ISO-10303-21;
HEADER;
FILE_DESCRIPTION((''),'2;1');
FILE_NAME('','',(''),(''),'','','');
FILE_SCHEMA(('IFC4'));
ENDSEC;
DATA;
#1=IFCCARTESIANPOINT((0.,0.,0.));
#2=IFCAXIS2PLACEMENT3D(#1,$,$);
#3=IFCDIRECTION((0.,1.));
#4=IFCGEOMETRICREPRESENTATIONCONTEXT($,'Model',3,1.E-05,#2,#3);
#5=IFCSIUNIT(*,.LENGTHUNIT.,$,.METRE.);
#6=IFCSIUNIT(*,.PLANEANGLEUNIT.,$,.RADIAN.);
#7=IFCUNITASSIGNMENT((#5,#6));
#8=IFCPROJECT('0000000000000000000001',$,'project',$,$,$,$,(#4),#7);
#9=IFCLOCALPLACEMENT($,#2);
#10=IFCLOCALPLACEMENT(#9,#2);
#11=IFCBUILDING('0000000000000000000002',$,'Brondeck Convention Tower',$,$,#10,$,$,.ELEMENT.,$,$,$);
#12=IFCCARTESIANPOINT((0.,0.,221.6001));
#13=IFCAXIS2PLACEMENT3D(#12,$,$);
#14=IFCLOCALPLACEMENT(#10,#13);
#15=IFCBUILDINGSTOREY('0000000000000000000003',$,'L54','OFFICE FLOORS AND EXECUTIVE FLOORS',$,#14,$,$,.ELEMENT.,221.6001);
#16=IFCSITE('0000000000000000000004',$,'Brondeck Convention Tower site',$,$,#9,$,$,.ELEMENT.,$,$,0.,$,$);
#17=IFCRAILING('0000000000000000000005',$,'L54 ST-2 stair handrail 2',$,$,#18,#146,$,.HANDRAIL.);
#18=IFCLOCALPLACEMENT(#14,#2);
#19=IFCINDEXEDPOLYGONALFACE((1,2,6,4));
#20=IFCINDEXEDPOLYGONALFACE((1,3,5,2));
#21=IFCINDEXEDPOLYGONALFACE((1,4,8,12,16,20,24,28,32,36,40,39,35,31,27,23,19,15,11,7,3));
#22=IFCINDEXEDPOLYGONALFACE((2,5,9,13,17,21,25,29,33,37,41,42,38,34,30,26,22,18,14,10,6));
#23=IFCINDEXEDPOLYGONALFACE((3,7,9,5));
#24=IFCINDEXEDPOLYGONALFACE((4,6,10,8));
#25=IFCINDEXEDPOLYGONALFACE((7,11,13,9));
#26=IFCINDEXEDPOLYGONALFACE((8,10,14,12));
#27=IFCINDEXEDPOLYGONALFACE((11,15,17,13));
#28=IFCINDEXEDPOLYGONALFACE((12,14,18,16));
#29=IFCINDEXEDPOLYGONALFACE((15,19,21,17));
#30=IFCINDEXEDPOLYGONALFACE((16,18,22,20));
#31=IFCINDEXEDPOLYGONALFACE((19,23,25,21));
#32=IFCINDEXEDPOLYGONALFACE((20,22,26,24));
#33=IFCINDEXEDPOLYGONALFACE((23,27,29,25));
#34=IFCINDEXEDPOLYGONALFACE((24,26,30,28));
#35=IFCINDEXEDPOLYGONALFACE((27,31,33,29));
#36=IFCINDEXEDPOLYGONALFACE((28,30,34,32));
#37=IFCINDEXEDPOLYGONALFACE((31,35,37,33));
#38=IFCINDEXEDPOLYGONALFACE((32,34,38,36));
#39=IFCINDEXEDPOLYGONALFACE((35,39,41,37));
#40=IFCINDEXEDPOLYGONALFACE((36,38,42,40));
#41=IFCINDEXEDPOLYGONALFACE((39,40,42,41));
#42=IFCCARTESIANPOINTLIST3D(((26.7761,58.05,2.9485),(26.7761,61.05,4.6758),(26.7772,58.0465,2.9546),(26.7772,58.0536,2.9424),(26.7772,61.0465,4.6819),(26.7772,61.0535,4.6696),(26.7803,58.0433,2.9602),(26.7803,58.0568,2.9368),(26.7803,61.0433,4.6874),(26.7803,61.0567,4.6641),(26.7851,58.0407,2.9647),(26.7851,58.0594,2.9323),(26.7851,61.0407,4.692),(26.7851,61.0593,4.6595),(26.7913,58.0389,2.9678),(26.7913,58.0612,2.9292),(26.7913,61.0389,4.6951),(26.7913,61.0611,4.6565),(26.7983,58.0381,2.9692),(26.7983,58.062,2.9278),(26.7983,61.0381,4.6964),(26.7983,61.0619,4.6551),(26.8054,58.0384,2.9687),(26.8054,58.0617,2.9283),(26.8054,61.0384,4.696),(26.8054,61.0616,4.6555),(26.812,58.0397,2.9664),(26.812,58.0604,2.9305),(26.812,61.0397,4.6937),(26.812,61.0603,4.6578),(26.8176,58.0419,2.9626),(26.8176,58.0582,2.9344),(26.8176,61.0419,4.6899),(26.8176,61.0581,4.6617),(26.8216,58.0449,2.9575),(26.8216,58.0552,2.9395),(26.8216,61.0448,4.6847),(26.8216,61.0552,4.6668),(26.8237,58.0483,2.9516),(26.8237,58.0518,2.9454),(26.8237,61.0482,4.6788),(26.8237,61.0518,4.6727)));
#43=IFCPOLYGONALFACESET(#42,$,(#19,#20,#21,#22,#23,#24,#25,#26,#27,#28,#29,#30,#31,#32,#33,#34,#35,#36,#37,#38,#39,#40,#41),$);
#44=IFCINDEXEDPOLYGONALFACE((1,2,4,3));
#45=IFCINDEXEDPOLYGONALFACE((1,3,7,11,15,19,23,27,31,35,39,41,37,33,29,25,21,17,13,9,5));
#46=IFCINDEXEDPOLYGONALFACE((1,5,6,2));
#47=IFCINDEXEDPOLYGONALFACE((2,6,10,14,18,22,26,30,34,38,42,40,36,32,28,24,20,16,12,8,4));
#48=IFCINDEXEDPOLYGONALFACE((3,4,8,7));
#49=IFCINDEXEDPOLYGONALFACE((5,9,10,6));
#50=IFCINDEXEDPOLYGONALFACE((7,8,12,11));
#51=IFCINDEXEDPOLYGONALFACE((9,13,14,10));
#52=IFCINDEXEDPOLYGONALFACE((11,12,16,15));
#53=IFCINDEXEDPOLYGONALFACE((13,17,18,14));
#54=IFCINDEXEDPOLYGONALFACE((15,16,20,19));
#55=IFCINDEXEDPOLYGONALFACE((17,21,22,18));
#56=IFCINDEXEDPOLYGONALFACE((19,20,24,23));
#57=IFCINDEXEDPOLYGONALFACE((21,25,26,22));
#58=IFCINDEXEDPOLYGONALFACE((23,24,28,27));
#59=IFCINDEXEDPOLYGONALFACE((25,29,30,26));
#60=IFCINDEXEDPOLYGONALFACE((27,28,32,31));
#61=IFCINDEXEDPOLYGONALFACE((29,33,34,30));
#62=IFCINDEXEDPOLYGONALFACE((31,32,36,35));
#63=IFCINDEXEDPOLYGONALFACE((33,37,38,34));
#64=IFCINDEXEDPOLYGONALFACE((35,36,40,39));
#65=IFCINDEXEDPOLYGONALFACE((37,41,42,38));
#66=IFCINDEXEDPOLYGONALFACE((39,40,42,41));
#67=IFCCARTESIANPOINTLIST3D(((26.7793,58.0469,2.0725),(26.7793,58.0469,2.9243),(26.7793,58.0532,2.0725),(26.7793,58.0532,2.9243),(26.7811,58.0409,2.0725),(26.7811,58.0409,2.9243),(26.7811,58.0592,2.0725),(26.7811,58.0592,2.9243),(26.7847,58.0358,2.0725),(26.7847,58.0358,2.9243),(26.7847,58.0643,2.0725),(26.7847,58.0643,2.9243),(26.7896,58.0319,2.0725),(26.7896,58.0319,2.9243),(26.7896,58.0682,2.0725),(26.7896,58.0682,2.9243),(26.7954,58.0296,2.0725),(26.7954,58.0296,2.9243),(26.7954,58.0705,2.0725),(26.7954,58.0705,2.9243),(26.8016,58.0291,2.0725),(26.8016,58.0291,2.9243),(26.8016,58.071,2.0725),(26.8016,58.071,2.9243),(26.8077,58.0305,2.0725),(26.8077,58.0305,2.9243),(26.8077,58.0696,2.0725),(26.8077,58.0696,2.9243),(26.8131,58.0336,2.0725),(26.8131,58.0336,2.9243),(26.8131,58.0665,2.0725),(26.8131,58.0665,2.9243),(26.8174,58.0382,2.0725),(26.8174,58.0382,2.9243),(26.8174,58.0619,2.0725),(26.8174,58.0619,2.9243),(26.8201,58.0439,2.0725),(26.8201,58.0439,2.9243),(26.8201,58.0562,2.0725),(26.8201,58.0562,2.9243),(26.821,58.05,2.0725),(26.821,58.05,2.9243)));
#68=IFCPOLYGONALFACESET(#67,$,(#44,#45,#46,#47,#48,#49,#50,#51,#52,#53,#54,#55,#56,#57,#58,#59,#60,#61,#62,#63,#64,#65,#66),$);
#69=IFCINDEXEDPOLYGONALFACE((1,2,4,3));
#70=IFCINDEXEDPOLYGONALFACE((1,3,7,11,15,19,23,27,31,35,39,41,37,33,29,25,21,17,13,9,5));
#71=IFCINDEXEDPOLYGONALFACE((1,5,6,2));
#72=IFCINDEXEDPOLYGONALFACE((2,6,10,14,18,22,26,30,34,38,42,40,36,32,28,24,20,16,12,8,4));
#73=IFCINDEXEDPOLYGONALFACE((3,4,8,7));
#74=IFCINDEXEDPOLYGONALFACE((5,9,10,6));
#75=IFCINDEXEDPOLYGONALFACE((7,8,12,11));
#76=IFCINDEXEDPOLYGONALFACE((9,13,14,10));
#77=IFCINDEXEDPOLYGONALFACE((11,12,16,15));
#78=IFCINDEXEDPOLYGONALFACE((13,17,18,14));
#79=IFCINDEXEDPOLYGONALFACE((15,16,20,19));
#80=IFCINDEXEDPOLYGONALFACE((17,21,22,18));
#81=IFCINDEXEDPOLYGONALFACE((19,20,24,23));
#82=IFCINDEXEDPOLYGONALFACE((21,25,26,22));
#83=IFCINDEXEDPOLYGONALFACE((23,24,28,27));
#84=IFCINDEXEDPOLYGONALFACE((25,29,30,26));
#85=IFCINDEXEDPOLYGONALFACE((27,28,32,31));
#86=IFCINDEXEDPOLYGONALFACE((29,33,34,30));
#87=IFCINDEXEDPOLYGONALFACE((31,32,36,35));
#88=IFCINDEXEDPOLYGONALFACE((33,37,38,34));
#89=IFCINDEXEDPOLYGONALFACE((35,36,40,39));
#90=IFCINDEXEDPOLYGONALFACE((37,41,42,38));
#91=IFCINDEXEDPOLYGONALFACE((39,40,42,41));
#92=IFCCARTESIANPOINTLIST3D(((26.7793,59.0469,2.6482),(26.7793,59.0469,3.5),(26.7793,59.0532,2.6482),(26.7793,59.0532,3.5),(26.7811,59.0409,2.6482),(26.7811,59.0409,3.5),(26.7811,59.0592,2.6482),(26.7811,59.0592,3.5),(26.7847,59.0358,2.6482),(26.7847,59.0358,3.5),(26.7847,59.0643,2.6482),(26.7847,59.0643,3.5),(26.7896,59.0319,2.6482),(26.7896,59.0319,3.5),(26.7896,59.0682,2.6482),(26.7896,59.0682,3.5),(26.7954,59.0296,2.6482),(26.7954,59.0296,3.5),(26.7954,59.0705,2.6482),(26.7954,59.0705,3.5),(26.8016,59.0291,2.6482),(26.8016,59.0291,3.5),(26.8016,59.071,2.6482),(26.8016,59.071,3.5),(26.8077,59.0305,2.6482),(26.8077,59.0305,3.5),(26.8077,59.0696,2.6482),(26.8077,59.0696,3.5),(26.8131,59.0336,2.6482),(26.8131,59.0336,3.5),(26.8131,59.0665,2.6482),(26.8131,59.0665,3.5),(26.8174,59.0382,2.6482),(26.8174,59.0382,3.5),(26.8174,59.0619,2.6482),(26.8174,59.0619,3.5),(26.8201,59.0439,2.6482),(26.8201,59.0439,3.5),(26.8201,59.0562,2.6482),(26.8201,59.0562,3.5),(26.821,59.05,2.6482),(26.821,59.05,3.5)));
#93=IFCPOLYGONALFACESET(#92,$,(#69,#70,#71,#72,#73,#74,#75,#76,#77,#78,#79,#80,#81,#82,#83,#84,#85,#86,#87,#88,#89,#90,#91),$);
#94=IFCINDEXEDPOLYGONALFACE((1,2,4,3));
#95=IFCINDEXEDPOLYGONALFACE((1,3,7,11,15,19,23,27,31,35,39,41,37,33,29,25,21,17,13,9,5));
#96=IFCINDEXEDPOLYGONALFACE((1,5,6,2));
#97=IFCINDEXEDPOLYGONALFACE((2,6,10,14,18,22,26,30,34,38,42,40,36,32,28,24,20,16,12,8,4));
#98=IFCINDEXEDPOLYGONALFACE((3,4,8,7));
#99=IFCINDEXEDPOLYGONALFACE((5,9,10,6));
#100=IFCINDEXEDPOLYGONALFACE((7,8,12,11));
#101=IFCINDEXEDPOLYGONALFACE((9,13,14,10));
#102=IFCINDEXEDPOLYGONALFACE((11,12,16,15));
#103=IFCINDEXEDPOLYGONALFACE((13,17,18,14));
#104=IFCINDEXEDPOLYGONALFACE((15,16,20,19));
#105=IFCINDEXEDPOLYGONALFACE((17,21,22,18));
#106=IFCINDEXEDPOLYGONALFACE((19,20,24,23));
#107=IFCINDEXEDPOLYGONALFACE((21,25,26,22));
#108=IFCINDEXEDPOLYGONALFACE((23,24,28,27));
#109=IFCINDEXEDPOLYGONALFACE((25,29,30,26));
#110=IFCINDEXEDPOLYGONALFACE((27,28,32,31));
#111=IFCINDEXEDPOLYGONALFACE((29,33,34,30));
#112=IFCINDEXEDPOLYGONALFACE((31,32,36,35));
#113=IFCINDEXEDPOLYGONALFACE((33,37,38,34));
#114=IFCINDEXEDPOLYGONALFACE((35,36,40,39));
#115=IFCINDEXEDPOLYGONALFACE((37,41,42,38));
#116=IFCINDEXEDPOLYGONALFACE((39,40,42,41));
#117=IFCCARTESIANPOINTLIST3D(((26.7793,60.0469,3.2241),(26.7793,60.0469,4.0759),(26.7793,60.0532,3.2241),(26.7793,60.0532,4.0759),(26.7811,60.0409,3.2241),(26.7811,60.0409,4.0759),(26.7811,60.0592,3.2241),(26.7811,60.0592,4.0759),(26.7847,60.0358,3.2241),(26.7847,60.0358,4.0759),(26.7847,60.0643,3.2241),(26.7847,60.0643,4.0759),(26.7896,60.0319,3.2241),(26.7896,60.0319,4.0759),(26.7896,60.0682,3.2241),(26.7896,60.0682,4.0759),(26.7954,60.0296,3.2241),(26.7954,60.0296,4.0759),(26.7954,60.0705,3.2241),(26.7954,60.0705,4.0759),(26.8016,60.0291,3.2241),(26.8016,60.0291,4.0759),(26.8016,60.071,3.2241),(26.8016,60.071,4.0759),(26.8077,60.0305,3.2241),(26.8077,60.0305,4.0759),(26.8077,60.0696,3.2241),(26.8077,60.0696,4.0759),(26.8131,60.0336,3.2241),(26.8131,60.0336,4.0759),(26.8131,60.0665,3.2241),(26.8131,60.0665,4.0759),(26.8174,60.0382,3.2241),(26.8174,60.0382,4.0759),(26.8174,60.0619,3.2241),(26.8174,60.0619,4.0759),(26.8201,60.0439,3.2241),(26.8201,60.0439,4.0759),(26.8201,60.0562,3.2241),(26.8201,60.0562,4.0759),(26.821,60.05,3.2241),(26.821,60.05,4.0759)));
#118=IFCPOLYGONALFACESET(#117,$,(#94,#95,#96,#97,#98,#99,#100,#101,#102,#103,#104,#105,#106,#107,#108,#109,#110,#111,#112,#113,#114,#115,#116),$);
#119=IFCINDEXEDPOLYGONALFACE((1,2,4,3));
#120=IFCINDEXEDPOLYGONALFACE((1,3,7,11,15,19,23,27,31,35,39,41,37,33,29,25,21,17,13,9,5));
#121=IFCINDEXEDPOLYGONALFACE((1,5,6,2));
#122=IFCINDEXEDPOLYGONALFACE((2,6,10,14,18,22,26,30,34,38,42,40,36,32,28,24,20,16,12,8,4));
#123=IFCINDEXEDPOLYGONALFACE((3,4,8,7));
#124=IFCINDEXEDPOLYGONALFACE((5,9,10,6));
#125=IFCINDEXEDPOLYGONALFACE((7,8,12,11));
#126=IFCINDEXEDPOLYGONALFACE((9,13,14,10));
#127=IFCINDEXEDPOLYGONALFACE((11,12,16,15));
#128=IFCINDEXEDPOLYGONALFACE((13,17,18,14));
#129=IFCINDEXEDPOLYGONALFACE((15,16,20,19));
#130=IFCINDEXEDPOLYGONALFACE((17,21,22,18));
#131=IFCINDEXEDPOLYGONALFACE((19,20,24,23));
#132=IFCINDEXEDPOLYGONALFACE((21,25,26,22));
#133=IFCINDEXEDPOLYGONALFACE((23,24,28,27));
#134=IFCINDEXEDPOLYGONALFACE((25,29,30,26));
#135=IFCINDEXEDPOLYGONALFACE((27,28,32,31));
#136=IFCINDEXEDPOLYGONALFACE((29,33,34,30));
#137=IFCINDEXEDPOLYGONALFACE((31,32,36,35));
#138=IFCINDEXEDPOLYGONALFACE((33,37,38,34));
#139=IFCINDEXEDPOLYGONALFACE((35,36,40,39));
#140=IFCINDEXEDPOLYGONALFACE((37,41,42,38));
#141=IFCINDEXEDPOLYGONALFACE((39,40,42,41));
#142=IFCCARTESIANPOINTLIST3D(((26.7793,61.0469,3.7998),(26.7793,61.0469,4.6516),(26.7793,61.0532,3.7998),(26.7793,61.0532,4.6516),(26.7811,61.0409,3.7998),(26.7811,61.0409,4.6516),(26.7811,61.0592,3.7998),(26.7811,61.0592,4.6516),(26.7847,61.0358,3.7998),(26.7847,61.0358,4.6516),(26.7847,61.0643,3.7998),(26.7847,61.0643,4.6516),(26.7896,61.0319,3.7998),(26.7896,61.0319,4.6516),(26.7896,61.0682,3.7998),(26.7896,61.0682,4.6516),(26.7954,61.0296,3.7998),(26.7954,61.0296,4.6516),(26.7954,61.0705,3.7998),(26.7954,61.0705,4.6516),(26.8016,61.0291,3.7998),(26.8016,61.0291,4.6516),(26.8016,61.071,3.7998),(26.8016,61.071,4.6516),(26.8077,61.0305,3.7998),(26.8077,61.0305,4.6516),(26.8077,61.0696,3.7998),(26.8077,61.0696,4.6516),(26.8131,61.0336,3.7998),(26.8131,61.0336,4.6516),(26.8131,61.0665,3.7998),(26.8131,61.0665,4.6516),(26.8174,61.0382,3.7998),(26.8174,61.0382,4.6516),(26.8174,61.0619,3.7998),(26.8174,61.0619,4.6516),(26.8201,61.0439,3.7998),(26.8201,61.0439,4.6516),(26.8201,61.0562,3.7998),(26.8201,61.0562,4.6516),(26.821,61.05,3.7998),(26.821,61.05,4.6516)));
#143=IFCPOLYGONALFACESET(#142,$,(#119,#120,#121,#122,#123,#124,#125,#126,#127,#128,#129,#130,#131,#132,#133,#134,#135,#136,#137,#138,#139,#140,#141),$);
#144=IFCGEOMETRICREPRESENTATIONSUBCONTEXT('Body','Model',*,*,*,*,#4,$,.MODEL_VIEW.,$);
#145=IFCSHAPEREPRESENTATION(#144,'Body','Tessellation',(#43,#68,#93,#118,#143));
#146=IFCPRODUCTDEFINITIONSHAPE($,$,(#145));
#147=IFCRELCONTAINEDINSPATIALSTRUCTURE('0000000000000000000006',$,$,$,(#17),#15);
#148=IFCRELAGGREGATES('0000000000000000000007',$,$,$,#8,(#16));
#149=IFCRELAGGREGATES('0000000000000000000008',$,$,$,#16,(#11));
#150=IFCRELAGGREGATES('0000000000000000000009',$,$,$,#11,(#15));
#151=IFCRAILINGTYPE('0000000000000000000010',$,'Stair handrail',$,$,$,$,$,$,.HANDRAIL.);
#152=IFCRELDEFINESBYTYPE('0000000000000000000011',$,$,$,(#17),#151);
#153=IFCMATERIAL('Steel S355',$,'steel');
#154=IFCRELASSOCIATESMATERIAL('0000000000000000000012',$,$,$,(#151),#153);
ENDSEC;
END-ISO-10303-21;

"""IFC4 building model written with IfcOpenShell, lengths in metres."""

from ifc_helpers import new_model, si_unit, direction, frame, origin, origin_2d, place, context, subcontext, project, spatial, circle, extrude, material, type_object, element, save


model = new_model("IFC4")

# Units and contexts
model_context = context("Model", 3, precision=1e-05, world=origin(), true_north=direction((0.0, 1.0)))
body_context = subcontext(model_context, "Body", "Model", "MODEL_VIEW")
ifc_project = project(units=[si_unit("LENGTHUNIT", "METRE"), si_unit("PLANEANGLEUNIT", "RADIAN")], contexts=[model_context])

# Site, building, storey
site_placement = place(None, origin())
site = spatial("IfcSite", under=ifc_project, at=site_placement, Name="Brondeck Convention Tower site", CompositionType="ELEMENT", RefElevation=0.0)
building_placement = place(site_placement, origin())
building = spatial("IfcBuilding", under=site, at=building_placement, Name="Brondeck Convention Tower", CompositionType="ELEMENT")
storey_placement = place(building_placement, frame((0.0, 0.0, 221.6001)))
storey = spatial("IfcBuildingStorey", under=building, at=storey_placement, Name="L54", Description="OFFICE FLOORS AND EXECUTIVE FLOORS", CompositionType="ELEMENT", Elevation=221.6001)

# Railing
ifc_material_1 = material(Name="Steel S355", Category="steel")
railing_type_1 = type_object("IfcRailingType", Name="Stair handrail", PredefinedType="HANDRAIL", material=ifc_material_1)
railing_1_placement = place(storey_placement, frame((26.8, 58.05, 2.0725)))
element("IfcRailing", 1, at=railing_1_placement, inside=storey, type_object=railing_type_1, Name="L54 ST-2 stair handrail 2", PredefinedType="HANDRAIL", context=body_context, shape_type="SweptSolid", body=[
    extrude(circle(Radius=0.0239, at=origin_2d()), frame((0.0, 0.0, 0.876), z_axis=(0.0, 0.86662, 0.498969), x_axis=(-1.0, 0.0, 0.0)), (0.0, 0.0, 1.0), 3.4617),
    extrude(circle(Radius=0.021, at=origin_2d()), origin(), (0.0, 0.0, 1.0), 0.8518),
    extrude(circle(Radius=0.021, at=origin_2d()), frame((0.0, 1.0, 0.5757)), (0.0, 0.0, 1.0), 0.8518),
    extrude(circle(Radius=0.021, at=origin_2d()), frame((0.0, 2.0, 1.1516)), (0.0, 0.0, 1.0), 0.8518),
    extrude(circle(Radius=0.021, at=origin_2d()), frame((0.0, 3.0, 1.7273)), (0.0, 0.0, 1.0), 0.8518),
])

save(model, "model.ifc")
